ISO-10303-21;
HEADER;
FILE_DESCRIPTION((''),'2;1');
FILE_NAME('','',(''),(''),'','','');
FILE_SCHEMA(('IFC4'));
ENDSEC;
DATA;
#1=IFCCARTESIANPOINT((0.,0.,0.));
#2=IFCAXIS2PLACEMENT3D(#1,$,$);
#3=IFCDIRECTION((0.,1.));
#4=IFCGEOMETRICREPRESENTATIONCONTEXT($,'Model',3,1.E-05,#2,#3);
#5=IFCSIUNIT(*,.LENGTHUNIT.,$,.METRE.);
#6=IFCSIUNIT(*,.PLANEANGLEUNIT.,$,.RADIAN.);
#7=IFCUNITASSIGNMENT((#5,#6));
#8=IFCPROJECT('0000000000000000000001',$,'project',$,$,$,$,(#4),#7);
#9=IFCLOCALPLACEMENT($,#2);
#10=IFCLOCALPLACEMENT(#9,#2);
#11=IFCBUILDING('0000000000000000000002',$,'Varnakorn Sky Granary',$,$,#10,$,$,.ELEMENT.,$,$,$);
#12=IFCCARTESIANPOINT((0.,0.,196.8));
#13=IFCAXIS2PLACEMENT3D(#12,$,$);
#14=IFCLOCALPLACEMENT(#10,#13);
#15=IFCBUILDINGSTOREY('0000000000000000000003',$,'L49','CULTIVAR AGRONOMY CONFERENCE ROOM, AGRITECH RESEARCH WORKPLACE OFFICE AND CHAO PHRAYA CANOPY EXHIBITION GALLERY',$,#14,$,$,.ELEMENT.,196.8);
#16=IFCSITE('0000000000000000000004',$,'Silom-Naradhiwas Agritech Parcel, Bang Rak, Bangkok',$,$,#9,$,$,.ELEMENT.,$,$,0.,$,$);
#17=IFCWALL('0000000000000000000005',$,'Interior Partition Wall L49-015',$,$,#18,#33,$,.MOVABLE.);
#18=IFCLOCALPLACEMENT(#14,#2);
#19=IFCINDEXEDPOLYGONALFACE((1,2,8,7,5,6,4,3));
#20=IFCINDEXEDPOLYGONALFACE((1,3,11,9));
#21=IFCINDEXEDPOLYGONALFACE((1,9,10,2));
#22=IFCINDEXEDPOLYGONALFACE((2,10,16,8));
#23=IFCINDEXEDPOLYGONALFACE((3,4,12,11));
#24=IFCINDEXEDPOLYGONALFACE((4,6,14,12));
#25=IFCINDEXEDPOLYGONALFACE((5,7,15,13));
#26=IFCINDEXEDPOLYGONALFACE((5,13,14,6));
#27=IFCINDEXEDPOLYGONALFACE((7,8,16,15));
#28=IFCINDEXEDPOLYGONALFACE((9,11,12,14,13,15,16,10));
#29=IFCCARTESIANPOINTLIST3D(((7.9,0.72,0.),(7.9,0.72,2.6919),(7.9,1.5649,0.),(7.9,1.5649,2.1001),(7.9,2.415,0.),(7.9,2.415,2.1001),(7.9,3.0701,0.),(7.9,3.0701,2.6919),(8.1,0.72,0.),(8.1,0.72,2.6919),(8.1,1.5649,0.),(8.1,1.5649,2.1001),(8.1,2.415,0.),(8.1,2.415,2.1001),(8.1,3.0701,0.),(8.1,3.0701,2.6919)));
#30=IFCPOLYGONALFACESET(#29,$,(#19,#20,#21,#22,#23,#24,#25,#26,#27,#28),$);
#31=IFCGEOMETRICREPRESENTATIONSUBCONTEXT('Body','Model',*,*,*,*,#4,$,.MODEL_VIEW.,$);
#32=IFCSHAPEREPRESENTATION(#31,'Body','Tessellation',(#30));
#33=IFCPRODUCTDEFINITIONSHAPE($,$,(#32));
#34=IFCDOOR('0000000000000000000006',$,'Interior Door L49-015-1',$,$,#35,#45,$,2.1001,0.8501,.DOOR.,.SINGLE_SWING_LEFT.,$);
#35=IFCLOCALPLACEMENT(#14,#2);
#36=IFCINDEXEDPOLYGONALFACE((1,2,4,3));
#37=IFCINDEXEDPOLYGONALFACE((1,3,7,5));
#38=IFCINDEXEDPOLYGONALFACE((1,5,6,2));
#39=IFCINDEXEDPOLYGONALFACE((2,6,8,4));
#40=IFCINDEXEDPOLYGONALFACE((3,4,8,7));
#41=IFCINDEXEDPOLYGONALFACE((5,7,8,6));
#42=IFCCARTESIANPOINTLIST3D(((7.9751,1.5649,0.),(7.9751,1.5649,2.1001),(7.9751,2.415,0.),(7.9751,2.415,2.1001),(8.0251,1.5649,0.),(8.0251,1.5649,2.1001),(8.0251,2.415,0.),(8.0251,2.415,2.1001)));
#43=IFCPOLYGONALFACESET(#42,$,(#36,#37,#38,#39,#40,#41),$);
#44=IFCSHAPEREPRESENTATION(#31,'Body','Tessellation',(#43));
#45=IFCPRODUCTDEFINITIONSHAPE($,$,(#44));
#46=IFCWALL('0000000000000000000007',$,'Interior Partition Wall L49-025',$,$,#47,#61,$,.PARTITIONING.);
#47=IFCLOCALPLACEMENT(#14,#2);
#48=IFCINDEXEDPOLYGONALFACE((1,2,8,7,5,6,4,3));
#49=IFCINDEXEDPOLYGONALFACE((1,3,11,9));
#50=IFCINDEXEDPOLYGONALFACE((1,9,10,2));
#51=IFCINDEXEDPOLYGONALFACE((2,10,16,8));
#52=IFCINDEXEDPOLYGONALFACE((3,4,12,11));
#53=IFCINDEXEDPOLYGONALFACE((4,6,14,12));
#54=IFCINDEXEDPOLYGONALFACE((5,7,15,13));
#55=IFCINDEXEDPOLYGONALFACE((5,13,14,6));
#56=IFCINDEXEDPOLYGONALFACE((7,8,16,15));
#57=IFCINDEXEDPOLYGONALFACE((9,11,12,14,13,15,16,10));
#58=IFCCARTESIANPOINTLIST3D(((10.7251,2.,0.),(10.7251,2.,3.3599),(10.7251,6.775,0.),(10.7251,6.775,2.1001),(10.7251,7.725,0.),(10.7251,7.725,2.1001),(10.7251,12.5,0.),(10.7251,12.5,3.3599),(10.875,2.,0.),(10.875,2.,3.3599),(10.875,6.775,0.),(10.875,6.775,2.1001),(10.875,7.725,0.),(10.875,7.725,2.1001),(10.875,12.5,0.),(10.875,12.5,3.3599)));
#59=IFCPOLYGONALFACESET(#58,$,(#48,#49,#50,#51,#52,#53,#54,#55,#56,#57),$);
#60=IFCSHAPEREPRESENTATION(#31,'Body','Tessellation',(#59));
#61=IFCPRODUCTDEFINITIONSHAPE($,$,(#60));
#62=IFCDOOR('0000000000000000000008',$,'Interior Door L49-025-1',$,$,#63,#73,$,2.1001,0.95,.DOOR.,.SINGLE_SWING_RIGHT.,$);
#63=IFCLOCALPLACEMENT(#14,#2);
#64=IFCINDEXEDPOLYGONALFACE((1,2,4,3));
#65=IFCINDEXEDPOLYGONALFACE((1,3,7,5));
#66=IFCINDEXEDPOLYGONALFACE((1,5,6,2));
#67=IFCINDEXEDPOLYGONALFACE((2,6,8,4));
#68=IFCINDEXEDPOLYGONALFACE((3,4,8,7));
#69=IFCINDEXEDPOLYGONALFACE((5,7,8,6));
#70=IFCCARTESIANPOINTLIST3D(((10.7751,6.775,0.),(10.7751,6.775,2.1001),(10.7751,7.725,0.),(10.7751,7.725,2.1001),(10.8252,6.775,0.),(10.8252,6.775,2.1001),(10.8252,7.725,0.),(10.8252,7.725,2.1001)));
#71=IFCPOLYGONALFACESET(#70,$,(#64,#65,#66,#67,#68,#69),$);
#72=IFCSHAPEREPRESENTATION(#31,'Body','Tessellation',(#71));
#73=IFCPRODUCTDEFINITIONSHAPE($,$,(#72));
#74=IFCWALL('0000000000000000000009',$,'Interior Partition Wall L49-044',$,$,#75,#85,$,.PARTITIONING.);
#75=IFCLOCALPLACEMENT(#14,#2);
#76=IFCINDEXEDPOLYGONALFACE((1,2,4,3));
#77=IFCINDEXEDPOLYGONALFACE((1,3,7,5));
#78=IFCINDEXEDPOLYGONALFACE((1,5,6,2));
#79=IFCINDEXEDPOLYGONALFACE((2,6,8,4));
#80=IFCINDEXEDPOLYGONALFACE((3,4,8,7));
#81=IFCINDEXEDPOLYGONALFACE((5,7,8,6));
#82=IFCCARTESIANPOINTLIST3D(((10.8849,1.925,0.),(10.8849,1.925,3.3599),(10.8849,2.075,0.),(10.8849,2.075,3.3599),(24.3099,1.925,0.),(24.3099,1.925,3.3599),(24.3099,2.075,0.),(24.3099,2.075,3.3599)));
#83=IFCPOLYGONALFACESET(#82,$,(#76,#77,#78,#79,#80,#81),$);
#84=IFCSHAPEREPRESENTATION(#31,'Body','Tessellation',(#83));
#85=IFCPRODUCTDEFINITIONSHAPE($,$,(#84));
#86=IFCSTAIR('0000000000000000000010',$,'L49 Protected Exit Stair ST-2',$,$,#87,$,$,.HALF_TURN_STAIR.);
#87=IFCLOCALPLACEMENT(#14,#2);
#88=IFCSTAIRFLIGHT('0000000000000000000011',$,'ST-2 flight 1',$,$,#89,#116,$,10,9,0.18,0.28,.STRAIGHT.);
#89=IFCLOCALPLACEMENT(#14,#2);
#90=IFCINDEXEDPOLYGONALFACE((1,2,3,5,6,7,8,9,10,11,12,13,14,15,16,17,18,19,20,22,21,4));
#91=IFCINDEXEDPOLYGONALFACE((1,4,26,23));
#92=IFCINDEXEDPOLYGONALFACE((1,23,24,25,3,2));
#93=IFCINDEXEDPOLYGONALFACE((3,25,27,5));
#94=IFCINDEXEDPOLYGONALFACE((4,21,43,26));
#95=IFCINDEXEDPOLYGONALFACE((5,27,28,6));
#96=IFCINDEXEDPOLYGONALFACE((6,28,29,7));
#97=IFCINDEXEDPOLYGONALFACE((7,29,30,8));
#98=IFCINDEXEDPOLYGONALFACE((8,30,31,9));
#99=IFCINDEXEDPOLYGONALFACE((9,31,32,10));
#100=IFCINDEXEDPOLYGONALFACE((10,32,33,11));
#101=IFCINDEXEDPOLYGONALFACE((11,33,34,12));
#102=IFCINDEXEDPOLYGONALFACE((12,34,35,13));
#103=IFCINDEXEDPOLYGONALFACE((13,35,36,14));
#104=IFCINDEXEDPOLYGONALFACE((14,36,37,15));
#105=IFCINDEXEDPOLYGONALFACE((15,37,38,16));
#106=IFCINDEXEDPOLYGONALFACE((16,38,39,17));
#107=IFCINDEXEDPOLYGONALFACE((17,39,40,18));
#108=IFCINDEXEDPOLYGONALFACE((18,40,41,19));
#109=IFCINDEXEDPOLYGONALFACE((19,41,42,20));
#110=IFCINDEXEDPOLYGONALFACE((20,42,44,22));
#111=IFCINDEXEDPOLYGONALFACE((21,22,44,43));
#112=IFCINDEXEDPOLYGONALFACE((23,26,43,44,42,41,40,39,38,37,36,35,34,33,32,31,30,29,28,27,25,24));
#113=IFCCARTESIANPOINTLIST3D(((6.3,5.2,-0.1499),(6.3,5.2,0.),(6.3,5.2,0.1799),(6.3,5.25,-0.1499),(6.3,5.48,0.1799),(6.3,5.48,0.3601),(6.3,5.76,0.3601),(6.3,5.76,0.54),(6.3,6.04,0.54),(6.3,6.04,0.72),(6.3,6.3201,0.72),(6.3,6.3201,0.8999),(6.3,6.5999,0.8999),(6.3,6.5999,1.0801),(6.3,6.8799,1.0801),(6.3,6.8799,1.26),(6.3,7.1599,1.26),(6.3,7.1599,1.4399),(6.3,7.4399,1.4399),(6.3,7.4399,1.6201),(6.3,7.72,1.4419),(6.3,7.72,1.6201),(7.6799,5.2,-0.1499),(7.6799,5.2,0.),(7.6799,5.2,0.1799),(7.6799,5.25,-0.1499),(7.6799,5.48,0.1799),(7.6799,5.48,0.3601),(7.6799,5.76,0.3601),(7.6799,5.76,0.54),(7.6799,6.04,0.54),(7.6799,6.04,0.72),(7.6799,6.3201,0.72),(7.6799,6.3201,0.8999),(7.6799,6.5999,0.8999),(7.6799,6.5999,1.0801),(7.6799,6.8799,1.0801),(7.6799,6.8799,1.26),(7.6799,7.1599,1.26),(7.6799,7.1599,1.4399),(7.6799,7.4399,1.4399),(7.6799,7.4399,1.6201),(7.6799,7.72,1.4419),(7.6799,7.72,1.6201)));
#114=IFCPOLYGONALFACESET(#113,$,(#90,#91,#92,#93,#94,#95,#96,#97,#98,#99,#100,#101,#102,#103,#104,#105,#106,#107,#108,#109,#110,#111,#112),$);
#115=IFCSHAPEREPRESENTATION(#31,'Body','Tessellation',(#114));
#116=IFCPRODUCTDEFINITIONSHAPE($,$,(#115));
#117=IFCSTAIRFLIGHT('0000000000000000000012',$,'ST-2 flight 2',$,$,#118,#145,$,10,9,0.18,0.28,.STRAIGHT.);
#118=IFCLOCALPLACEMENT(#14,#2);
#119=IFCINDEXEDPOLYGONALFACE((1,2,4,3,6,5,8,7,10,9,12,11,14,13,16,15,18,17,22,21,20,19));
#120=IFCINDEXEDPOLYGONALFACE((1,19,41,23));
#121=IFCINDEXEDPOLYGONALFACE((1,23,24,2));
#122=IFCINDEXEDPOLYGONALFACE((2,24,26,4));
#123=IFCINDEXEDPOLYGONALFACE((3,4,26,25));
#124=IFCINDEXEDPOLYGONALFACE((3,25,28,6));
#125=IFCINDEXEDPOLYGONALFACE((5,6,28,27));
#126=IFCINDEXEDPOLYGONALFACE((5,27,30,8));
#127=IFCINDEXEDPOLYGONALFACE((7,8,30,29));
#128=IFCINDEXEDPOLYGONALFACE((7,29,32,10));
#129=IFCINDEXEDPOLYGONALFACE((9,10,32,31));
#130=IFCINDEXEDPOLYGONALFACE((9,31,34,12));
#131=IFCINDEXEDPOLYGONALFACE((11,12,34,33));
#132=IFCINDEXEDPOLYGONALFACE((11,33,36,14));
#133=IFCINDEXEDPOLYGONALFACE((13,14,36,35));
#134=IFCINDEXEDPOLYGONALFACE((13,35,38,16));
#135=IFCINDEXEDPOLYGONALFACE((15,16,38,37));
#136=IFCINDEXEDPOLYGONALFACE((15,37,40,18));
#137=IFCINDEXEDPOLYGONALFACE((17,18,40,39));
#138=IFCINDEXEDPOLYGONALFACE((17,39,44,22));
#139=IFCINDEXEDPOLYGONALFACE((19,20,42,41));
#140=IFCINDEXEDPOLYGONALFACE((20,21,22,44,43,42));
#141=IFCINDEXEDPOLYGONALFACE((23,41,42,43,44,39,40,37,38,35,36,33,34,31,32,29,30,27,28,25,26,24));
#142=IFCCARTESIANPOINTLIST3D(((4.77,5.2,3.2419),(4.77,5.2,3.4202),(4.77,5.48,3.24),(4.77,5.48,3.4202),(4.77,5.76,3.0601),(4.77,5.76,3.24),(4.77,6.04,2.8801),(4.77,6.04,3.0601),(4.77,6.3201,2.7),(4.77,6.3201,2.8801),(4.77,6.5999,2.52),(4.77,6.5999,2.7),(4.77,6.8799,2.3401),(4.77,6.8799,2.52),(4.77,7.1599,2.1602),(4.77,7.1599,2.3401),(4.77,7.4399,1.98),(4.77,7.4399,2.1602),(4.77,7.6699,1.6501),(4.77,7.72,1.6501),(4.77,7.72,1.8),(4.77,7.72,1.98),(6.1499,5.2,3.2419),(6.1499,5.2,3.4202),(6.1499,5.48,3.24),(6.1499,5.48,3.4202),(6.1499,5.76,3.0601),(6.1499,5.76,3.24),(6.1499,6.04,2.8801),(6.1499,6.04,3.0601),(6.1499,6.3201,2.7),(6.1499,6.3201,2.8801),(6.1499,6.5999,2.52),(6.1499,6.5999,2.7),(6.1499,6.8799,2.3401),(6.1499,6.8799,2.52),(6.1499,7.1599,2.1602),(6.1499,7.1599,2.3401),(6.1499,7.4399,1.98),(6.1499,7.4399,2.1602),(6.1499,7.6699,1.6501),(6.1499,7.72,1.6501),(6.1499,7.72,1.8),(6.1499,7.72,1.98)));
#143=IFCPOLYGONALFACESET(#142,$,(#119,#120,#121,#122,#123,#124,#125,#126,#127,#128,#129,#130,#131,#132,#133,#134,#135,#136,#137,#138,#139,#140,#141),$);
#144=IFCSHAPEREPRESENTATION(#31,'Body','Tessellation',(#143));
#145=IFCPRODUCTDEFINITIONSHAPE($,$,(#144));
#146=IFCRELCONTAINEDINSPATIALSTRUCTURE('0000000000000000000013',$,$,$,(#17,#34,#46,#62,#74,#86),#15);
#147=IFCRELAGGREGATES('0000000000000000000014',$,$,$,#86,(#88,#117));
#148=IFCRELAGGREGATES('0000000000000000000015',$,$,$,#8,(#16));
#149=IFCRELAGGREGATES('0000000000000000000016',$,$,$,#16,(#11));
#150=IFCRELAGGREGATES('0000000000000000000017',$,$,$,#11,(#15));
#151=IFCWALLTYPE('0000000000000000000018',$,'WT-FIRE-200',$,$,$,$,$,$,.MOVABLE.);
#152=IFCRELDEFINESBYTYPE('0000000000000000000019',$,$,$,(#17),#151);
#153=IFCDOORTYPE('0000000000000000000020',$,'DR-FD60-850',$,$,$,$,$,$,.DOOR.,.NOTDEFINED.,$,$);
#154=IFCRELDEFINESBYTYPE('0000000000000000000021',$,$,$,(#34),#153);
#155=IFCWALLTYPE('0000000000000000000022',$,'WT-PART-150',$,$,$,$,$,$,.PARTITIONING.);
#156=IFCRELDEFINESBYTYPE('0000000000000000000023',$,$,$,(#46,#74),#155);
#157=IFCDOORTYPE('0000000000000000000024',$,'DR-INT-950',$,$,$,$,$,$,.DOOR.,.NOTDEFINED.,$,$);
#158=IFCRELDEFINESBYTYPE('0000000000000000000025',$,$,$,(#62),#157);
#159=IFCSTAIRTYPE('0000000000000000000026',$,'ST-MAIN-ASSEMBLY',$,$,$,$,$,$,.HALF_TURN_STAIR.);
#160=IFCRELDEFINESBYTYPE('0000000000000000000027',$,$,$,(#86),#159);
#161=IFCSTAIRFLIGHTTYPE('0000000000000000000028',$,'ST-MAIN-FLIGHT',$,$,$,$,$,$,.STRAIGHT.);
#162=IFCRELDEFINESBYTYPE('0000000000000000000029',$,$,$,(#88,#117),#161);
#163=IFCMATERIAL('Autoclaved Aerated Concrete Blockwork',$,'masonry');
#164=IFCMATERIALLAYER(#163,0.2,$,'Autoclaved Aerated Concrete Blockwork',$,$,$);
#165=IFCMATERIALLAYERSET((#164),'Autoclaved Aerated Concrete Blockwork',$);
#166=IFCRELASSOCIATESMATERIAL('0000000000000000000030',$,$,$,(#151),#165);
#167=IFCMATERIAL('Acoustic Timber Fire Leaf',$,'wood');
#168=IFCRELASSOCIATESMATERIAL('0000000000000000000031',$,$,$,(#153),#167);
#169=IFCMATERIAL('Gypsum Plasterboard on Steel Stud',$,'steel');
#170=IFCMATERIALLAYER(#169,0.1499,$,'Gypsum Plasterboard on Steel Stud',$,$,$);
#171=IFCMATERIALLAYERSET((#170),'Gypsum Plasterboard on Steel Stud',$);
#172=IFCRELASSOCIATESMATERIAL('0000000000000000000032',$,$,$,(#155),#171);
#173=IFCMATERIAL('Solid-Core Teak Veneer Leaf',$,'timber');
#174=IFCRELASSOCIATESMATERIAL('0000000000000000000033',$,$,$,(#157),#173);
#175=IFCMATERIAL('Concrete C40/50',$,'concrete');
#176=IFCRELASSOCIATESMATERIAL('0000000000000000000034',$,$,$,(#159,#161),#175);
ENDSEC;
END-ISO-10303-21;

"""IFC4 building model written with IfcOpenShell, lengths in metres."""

from ifc_helpers import new_model, si_unit, direction, frame, frame_2d, origin, place, context, subcontext, project, spatial, polyline, rectangle, outline, extrude, material, layer, layer_set, type_object, element, fill, aggregate, save


model = new_model("IFC4")

# Units and contexts
model_context = context("Model", 3, precision=1e-05, world=origin(), true_north=direction((0.0, 1.0)))
body_context = subcontext(model_context, "Body", "Model", "MODEL_VIEW")
ifc_project = project(units=[si_unit("LENGTHUNIT", "METRE"), si_unit("PLANEANGLEUNIT", "RADIAN")], contexts=[model_context])

# Site, building, storey
site_placement = place(None, origin())
site = spatial("IfcSite", under=ifc_project, at=site_placement, Name="Silom-Naradhiwas Agritech Parcel, Bang Rak, Bangkok", CompositionType="ELEMENT", RefElevation=0.0)
building_placement = place(site_placement, origin())
building = spatial("IfcBuilding", under=site, at=building_placement, Name="Varnakorn Sky Granary", CompositionType="ELEMENT")
storey_placement = place(building_placement, frame((0.0, 0.0, 196.8)))
storey = spatial("IfcBuildingStorey", under=building, at=storey_placement, Name="L49", Description="CULTIVAR AGRONOMY CONFERENCE ROOM, AGRITECH RESEARCH WORKPLACE OFFICE AND CHAO PHRAYA CANOPY EXHIBITION GALLERY", CompositionType="ELEMENT", Elevation=196.8)

# Walls, openings, doors
ifc_material_1 = material(Name="Autoclaved Aerated Concrete Blockwork", Category="masonry")
ifc_layer_1 = layer(ifc_material_1, 0.2, Name="Autoclaved Aerated Concrete Blockwork")
ifc_layer_set_1 = layer_set([ifc_layer_1], Name="Autoclaved Aerated Concrete Blockwork")
wall_type_1 = type_object("IfcWallType", Name="WT-FIRE-200", PredefinedType="MOVABLE", material=ifc_layer_set_1)
ifc_material_2 = material(Name="Acoustic Timber Fire Leaf", Category="wood")
wall_1_placement = place(storey_placement, frame((8.0, 0.72, 0.0), z_axis=(0.0, 0.0, 1.0), x_axis=(0.0, 1.0, 0.0)))
wall_1 = element("IfcWall", 1, at=wall_1_placement, inside=storey, type_object=wall_type_1, Name="Interior Partition Wall L49-015", PredefinedType="MOVABLE", context=body_context, shape_type="SweptSolid", body=[
    extrude(rectangle(XDim=2.3501, YDim=0.2, at=frame_2d((1.175, 0.0))), origin(), (0.0, 0.0, 1.0), 2.6919),
])
opening_1_placement = place(wall_1_placement, frame((0.845, 0.0, 0.0)))
opening_1 = element("IfcOpeningElement", 2, at=opening_1_placement, cuts=wall_1, PredefinedType="OPENING", context=body_context, shape_type="SweptSolid", body=[
    extrude(rectangle(XDim=0.8501, YDim=2.1001, at=frame_2d((0.425, 1.05))), frame((0.0, 0.1099, 0.0), z_axis=(0.0, -1.0, 0.0), x_axis=(1.0, 0.0, 0.0)), (0.0, 0.0, 1.0), 0.22),
])
door_type_1 = type_object("IfcDoorType", Name="DR-FD60-850", OperationType="NOTDEFINED", PredefinedType="DOOR", material=ifc_material_2)
door_1_placement = place(opening_1_placement, origin())
door_1 = element("IfcDoor", 3, at=door_1_placement, inside=storey, type_object=door_type_1, Name="Interior Door L49-015-1", OperationType="SINGLE_SWING_LEFT", OverallHeight=2.1001, OverallWidth=0.8501, PredefinedType="DOOR", context=body_context, shape_type="SweptSolid", body=[
    extrude(rectangle(XDim=0.8501, YDim=2.1001, at=frame_2d((0.425, 1.05))), frame((0.0, 0.0249, 0.0), z_axis=(0.0, -1.0, 0.0), x_axis=(1.0, 0.0, 0.0)), (0.0, 0.0, 1.0), 0.05),
])
fill(opening_1, door_1)
ifc_material_3 = material(Name="Gypsum Plasterboard on Steel Stud", Category="steel")
ifc_layer_2 = layer(ifc_material_3, 0.1499, Name="Gypsum Plasterboard on Steel Stud")
ifc_layer_set_2 = layer_set([ifc_layer_2], Name="Gypsum Plasterboard on Steel Stud")
wall_type_2 = type_object("IfcWallType", Name="WT-PART-150", PredefinedType="PARTITIONING", material=ifc_layer_set_2)
wall_2_placement = place(storey_placement, frame((10.8, 2.0, 0.0), z_axis=(0.0, 0.0, 1.0), x_axis=(0.0, 1.0, 0.0)))
wall_2 = element("IfcWall", 4, at=wall_2_placement, inside=storey, type_object=wall_type_2, Name="Interior Partition Wall L49-025", PredefinedType="PARTITIONING", context=body_context, shape_type="SweptSolid", body=[
    extrude(rectangle(XDim=10.5, YDim=0.1499, at=frame_2d((5.25, 0.0))), origin(), (0.0, 0.0, 1.0), 3.3599),
])
opening_2_placement = place(wall_2_placement, frame((4.7749, 0.0, 0.0)))
opening_2 = element("IfcOpeningElement", 5, at=opening_2_placement, cuts=wall_2, PredefinedType="OPENING", context=body_context, shape_type="SweptSolid", body=[
    extrude(rectangle(XDim=0.95, YDim=2.1001, at=frame_2d((0.4751, 1.05))), frame((0.0, 0.085, 0.0), z_axis=(0.0, -1.0, 0.0), x_axis=(1.0, 0.0, 0.0)), (0.0, 0.0, 1.0), 0.1699),
])
ifc_material_4 = material(Name="Solid-Core Teak Veneer Leaf", Category="timber")
door_type_2 = type_object("IfcDoorType", Name="DR-INT-950", OperationType="NOTDEFINED", PredefinedType="DOOR", material=ifc_material_4)
door_2_placement = place(opening_2_placement, origin())
door_2 = element("IfcDoor", 6, at=door_2_placement, inside=storey, type_object=door_type_2, Name="Interior Door L49-025-1", OperationType="SINGLE_SWING_RIGHT", OverallHeight=2.1001, OverallWidth=0.95, PredefinedType="DOOR", context=body_context, shape_type="SweptSolid", body=[
    extrude(rectangle(XDim=0.95, YDim=2.1001, at=frame_2d((0.4751, 1.05))), frame((0.0, 0.0249, 0.0), z_axis=(0.0, -1.0, 0.0), x_axis=(1.0, 0.0, 0.0)), (0.0, 0.0, 1.0), 0.05),
])
fill(opening_2, door_2)

# Wall
wall_3_placement = place(storey_placement, frame((10.885, 2.0, 0.0), z_axis=(0.0, 0.0, 1.0), x_axis=(1.0, 0.0, 0.0)))
element("IfcWall", 7, at=wall_3_placement, inside=storey, type_object=wall_type_2, Name="Interior Partition Wall L49-044", PredefinedType="PARTITIONING", context=body_context, shape_type="SweptSolid", body=[
    extrude(rectangle(XDim=13.425, YDim=0.1499, at=frame_2d((6.7124, 0.0))), origin(), (0.0, 0.0, 1.0), 3.3599),
])

# Stair, stair flights
ifc_material_5 = material(Name="Concrete C40/50", Category="concrete")
stair_type = type_object("IfcStairType", Name="ST-MAIN-ASSEMBLY", PredefinedType="HALF_TURN_STAIR", material=ifc_material_5)
stair_placement = place(storey_placement, origin())
stair = element("IfcStair", 8, at=stair_placement, inside=storey, type_object=stair_type, Name="L49 Protected Exit Stair ST-2", PredefinedType="HALF_TURN_STAIR")
stair_flight_type = type_object("IfcStairFlightType", Name="ST-MAIN-FLIGHT", PredefinedType="STRAIGHT", material=ifc_material_5)
stair_flight_1_placement = place(storey_placement, frame((6.99, 5.2, 0.0), z_axis=(0.0, 0.0, 1.0), x_axis=(0.0, 1.0, 0.0)))
stair_flight_1 = element("IfcStairFlight", 9, at=stair_flight_1_placement, type_object=stair_flight_type, Name="ST-2 flight 1", NumberOfRisers=10, NumberOfTreads=9, PredefinedType="STRAIGHT", RiserHeight=0.18, TreadLength=0.28, context=body_context, shape_type="SweptSolid", body=[
    extrude(outline(polyline([(0.0, -0.1499), (0.0, 0.0), (0.0, 0.1799), (0.28, 0.1799), (0.28, 0.3601), (0.5601, 0.3601), (0.5601, 0.54), (0.8401, 0.54), (0.8401, 0.72), (1.1201, 0.72), (1.1201, 0.8999), (1.3999, 0.8999), (1.3999, 1.0801), (1.6799, 1.0801), (1.6799, 1.26), (1.96, 1.26), (1.96, 1.4399), (2.24, 1.4399), (2.24, 1.6201), (2.52, 1.6201), (2.52, 1.8), (2.52, 1.4419), (0.05, -0.1499), (0.0, -0.1499)])), frame((0.0, 0.6899, 0.0), z_axis=(0.0, -1.0, 0.0), x_axis=(1.0, 0.0, 0.0)), (0.0, 0.0, 1.0), 1.3799),
])
stair_flight_2_placement = place(storey_placement, frame((5.46, 7.72, 1.8), z_axis=(0.0, 0.0, 1.0), x_axis=(0.0, -1.0, 0.0)))
stair_flight_2 = element("IfcStairFlight", 10, at=stair_flight_2_placement, type_object=stair_flight_type, Name="ST-2 flight 2", NumberOfRisers=10, NumberOfTreads=9, PredefinedType="STRAIGHT", RiserHeight=0.18, TreadLength=0.28, context=body_context, shape_type="SweptSolid", body=[
    extrude(outline(polyline([(0.0, -0.1499), (0.0, 0.0), (0.0, 0.1799), (0.28, 0.1799), (0.28, 0.3601), (0.5601, 0.3601), (0.5601, 0.54), (0.8401, 0.54), (0.8401, 0.72), (1.1201, 0.72), (1.1201, 0.8999), (1.3999, 0.8999), (1.3999, 1.0801), (1.6799, 1.0801), (1.6799, 1.26), (1.96, 1.26), (1.96, 1.4399), (2.24, 1.4399), (2.24, 1.6201), (2.52, 1.6201), (2.52, 1.8), (2.52, 1.4419), (0.05, -0.1499), (0.0, -0.1499)])), frame((0.0, 0.6899, 0.0), z_axis=(0.0, -1.0, 0.0), x_axis=(1.0, 0.0, 0.0)), (0.0, 0.0, 1.0), 1.3799),
])
aggregate(stair, [stair_flight_1, stair_flight_2])

save(model, "model.ifc")
